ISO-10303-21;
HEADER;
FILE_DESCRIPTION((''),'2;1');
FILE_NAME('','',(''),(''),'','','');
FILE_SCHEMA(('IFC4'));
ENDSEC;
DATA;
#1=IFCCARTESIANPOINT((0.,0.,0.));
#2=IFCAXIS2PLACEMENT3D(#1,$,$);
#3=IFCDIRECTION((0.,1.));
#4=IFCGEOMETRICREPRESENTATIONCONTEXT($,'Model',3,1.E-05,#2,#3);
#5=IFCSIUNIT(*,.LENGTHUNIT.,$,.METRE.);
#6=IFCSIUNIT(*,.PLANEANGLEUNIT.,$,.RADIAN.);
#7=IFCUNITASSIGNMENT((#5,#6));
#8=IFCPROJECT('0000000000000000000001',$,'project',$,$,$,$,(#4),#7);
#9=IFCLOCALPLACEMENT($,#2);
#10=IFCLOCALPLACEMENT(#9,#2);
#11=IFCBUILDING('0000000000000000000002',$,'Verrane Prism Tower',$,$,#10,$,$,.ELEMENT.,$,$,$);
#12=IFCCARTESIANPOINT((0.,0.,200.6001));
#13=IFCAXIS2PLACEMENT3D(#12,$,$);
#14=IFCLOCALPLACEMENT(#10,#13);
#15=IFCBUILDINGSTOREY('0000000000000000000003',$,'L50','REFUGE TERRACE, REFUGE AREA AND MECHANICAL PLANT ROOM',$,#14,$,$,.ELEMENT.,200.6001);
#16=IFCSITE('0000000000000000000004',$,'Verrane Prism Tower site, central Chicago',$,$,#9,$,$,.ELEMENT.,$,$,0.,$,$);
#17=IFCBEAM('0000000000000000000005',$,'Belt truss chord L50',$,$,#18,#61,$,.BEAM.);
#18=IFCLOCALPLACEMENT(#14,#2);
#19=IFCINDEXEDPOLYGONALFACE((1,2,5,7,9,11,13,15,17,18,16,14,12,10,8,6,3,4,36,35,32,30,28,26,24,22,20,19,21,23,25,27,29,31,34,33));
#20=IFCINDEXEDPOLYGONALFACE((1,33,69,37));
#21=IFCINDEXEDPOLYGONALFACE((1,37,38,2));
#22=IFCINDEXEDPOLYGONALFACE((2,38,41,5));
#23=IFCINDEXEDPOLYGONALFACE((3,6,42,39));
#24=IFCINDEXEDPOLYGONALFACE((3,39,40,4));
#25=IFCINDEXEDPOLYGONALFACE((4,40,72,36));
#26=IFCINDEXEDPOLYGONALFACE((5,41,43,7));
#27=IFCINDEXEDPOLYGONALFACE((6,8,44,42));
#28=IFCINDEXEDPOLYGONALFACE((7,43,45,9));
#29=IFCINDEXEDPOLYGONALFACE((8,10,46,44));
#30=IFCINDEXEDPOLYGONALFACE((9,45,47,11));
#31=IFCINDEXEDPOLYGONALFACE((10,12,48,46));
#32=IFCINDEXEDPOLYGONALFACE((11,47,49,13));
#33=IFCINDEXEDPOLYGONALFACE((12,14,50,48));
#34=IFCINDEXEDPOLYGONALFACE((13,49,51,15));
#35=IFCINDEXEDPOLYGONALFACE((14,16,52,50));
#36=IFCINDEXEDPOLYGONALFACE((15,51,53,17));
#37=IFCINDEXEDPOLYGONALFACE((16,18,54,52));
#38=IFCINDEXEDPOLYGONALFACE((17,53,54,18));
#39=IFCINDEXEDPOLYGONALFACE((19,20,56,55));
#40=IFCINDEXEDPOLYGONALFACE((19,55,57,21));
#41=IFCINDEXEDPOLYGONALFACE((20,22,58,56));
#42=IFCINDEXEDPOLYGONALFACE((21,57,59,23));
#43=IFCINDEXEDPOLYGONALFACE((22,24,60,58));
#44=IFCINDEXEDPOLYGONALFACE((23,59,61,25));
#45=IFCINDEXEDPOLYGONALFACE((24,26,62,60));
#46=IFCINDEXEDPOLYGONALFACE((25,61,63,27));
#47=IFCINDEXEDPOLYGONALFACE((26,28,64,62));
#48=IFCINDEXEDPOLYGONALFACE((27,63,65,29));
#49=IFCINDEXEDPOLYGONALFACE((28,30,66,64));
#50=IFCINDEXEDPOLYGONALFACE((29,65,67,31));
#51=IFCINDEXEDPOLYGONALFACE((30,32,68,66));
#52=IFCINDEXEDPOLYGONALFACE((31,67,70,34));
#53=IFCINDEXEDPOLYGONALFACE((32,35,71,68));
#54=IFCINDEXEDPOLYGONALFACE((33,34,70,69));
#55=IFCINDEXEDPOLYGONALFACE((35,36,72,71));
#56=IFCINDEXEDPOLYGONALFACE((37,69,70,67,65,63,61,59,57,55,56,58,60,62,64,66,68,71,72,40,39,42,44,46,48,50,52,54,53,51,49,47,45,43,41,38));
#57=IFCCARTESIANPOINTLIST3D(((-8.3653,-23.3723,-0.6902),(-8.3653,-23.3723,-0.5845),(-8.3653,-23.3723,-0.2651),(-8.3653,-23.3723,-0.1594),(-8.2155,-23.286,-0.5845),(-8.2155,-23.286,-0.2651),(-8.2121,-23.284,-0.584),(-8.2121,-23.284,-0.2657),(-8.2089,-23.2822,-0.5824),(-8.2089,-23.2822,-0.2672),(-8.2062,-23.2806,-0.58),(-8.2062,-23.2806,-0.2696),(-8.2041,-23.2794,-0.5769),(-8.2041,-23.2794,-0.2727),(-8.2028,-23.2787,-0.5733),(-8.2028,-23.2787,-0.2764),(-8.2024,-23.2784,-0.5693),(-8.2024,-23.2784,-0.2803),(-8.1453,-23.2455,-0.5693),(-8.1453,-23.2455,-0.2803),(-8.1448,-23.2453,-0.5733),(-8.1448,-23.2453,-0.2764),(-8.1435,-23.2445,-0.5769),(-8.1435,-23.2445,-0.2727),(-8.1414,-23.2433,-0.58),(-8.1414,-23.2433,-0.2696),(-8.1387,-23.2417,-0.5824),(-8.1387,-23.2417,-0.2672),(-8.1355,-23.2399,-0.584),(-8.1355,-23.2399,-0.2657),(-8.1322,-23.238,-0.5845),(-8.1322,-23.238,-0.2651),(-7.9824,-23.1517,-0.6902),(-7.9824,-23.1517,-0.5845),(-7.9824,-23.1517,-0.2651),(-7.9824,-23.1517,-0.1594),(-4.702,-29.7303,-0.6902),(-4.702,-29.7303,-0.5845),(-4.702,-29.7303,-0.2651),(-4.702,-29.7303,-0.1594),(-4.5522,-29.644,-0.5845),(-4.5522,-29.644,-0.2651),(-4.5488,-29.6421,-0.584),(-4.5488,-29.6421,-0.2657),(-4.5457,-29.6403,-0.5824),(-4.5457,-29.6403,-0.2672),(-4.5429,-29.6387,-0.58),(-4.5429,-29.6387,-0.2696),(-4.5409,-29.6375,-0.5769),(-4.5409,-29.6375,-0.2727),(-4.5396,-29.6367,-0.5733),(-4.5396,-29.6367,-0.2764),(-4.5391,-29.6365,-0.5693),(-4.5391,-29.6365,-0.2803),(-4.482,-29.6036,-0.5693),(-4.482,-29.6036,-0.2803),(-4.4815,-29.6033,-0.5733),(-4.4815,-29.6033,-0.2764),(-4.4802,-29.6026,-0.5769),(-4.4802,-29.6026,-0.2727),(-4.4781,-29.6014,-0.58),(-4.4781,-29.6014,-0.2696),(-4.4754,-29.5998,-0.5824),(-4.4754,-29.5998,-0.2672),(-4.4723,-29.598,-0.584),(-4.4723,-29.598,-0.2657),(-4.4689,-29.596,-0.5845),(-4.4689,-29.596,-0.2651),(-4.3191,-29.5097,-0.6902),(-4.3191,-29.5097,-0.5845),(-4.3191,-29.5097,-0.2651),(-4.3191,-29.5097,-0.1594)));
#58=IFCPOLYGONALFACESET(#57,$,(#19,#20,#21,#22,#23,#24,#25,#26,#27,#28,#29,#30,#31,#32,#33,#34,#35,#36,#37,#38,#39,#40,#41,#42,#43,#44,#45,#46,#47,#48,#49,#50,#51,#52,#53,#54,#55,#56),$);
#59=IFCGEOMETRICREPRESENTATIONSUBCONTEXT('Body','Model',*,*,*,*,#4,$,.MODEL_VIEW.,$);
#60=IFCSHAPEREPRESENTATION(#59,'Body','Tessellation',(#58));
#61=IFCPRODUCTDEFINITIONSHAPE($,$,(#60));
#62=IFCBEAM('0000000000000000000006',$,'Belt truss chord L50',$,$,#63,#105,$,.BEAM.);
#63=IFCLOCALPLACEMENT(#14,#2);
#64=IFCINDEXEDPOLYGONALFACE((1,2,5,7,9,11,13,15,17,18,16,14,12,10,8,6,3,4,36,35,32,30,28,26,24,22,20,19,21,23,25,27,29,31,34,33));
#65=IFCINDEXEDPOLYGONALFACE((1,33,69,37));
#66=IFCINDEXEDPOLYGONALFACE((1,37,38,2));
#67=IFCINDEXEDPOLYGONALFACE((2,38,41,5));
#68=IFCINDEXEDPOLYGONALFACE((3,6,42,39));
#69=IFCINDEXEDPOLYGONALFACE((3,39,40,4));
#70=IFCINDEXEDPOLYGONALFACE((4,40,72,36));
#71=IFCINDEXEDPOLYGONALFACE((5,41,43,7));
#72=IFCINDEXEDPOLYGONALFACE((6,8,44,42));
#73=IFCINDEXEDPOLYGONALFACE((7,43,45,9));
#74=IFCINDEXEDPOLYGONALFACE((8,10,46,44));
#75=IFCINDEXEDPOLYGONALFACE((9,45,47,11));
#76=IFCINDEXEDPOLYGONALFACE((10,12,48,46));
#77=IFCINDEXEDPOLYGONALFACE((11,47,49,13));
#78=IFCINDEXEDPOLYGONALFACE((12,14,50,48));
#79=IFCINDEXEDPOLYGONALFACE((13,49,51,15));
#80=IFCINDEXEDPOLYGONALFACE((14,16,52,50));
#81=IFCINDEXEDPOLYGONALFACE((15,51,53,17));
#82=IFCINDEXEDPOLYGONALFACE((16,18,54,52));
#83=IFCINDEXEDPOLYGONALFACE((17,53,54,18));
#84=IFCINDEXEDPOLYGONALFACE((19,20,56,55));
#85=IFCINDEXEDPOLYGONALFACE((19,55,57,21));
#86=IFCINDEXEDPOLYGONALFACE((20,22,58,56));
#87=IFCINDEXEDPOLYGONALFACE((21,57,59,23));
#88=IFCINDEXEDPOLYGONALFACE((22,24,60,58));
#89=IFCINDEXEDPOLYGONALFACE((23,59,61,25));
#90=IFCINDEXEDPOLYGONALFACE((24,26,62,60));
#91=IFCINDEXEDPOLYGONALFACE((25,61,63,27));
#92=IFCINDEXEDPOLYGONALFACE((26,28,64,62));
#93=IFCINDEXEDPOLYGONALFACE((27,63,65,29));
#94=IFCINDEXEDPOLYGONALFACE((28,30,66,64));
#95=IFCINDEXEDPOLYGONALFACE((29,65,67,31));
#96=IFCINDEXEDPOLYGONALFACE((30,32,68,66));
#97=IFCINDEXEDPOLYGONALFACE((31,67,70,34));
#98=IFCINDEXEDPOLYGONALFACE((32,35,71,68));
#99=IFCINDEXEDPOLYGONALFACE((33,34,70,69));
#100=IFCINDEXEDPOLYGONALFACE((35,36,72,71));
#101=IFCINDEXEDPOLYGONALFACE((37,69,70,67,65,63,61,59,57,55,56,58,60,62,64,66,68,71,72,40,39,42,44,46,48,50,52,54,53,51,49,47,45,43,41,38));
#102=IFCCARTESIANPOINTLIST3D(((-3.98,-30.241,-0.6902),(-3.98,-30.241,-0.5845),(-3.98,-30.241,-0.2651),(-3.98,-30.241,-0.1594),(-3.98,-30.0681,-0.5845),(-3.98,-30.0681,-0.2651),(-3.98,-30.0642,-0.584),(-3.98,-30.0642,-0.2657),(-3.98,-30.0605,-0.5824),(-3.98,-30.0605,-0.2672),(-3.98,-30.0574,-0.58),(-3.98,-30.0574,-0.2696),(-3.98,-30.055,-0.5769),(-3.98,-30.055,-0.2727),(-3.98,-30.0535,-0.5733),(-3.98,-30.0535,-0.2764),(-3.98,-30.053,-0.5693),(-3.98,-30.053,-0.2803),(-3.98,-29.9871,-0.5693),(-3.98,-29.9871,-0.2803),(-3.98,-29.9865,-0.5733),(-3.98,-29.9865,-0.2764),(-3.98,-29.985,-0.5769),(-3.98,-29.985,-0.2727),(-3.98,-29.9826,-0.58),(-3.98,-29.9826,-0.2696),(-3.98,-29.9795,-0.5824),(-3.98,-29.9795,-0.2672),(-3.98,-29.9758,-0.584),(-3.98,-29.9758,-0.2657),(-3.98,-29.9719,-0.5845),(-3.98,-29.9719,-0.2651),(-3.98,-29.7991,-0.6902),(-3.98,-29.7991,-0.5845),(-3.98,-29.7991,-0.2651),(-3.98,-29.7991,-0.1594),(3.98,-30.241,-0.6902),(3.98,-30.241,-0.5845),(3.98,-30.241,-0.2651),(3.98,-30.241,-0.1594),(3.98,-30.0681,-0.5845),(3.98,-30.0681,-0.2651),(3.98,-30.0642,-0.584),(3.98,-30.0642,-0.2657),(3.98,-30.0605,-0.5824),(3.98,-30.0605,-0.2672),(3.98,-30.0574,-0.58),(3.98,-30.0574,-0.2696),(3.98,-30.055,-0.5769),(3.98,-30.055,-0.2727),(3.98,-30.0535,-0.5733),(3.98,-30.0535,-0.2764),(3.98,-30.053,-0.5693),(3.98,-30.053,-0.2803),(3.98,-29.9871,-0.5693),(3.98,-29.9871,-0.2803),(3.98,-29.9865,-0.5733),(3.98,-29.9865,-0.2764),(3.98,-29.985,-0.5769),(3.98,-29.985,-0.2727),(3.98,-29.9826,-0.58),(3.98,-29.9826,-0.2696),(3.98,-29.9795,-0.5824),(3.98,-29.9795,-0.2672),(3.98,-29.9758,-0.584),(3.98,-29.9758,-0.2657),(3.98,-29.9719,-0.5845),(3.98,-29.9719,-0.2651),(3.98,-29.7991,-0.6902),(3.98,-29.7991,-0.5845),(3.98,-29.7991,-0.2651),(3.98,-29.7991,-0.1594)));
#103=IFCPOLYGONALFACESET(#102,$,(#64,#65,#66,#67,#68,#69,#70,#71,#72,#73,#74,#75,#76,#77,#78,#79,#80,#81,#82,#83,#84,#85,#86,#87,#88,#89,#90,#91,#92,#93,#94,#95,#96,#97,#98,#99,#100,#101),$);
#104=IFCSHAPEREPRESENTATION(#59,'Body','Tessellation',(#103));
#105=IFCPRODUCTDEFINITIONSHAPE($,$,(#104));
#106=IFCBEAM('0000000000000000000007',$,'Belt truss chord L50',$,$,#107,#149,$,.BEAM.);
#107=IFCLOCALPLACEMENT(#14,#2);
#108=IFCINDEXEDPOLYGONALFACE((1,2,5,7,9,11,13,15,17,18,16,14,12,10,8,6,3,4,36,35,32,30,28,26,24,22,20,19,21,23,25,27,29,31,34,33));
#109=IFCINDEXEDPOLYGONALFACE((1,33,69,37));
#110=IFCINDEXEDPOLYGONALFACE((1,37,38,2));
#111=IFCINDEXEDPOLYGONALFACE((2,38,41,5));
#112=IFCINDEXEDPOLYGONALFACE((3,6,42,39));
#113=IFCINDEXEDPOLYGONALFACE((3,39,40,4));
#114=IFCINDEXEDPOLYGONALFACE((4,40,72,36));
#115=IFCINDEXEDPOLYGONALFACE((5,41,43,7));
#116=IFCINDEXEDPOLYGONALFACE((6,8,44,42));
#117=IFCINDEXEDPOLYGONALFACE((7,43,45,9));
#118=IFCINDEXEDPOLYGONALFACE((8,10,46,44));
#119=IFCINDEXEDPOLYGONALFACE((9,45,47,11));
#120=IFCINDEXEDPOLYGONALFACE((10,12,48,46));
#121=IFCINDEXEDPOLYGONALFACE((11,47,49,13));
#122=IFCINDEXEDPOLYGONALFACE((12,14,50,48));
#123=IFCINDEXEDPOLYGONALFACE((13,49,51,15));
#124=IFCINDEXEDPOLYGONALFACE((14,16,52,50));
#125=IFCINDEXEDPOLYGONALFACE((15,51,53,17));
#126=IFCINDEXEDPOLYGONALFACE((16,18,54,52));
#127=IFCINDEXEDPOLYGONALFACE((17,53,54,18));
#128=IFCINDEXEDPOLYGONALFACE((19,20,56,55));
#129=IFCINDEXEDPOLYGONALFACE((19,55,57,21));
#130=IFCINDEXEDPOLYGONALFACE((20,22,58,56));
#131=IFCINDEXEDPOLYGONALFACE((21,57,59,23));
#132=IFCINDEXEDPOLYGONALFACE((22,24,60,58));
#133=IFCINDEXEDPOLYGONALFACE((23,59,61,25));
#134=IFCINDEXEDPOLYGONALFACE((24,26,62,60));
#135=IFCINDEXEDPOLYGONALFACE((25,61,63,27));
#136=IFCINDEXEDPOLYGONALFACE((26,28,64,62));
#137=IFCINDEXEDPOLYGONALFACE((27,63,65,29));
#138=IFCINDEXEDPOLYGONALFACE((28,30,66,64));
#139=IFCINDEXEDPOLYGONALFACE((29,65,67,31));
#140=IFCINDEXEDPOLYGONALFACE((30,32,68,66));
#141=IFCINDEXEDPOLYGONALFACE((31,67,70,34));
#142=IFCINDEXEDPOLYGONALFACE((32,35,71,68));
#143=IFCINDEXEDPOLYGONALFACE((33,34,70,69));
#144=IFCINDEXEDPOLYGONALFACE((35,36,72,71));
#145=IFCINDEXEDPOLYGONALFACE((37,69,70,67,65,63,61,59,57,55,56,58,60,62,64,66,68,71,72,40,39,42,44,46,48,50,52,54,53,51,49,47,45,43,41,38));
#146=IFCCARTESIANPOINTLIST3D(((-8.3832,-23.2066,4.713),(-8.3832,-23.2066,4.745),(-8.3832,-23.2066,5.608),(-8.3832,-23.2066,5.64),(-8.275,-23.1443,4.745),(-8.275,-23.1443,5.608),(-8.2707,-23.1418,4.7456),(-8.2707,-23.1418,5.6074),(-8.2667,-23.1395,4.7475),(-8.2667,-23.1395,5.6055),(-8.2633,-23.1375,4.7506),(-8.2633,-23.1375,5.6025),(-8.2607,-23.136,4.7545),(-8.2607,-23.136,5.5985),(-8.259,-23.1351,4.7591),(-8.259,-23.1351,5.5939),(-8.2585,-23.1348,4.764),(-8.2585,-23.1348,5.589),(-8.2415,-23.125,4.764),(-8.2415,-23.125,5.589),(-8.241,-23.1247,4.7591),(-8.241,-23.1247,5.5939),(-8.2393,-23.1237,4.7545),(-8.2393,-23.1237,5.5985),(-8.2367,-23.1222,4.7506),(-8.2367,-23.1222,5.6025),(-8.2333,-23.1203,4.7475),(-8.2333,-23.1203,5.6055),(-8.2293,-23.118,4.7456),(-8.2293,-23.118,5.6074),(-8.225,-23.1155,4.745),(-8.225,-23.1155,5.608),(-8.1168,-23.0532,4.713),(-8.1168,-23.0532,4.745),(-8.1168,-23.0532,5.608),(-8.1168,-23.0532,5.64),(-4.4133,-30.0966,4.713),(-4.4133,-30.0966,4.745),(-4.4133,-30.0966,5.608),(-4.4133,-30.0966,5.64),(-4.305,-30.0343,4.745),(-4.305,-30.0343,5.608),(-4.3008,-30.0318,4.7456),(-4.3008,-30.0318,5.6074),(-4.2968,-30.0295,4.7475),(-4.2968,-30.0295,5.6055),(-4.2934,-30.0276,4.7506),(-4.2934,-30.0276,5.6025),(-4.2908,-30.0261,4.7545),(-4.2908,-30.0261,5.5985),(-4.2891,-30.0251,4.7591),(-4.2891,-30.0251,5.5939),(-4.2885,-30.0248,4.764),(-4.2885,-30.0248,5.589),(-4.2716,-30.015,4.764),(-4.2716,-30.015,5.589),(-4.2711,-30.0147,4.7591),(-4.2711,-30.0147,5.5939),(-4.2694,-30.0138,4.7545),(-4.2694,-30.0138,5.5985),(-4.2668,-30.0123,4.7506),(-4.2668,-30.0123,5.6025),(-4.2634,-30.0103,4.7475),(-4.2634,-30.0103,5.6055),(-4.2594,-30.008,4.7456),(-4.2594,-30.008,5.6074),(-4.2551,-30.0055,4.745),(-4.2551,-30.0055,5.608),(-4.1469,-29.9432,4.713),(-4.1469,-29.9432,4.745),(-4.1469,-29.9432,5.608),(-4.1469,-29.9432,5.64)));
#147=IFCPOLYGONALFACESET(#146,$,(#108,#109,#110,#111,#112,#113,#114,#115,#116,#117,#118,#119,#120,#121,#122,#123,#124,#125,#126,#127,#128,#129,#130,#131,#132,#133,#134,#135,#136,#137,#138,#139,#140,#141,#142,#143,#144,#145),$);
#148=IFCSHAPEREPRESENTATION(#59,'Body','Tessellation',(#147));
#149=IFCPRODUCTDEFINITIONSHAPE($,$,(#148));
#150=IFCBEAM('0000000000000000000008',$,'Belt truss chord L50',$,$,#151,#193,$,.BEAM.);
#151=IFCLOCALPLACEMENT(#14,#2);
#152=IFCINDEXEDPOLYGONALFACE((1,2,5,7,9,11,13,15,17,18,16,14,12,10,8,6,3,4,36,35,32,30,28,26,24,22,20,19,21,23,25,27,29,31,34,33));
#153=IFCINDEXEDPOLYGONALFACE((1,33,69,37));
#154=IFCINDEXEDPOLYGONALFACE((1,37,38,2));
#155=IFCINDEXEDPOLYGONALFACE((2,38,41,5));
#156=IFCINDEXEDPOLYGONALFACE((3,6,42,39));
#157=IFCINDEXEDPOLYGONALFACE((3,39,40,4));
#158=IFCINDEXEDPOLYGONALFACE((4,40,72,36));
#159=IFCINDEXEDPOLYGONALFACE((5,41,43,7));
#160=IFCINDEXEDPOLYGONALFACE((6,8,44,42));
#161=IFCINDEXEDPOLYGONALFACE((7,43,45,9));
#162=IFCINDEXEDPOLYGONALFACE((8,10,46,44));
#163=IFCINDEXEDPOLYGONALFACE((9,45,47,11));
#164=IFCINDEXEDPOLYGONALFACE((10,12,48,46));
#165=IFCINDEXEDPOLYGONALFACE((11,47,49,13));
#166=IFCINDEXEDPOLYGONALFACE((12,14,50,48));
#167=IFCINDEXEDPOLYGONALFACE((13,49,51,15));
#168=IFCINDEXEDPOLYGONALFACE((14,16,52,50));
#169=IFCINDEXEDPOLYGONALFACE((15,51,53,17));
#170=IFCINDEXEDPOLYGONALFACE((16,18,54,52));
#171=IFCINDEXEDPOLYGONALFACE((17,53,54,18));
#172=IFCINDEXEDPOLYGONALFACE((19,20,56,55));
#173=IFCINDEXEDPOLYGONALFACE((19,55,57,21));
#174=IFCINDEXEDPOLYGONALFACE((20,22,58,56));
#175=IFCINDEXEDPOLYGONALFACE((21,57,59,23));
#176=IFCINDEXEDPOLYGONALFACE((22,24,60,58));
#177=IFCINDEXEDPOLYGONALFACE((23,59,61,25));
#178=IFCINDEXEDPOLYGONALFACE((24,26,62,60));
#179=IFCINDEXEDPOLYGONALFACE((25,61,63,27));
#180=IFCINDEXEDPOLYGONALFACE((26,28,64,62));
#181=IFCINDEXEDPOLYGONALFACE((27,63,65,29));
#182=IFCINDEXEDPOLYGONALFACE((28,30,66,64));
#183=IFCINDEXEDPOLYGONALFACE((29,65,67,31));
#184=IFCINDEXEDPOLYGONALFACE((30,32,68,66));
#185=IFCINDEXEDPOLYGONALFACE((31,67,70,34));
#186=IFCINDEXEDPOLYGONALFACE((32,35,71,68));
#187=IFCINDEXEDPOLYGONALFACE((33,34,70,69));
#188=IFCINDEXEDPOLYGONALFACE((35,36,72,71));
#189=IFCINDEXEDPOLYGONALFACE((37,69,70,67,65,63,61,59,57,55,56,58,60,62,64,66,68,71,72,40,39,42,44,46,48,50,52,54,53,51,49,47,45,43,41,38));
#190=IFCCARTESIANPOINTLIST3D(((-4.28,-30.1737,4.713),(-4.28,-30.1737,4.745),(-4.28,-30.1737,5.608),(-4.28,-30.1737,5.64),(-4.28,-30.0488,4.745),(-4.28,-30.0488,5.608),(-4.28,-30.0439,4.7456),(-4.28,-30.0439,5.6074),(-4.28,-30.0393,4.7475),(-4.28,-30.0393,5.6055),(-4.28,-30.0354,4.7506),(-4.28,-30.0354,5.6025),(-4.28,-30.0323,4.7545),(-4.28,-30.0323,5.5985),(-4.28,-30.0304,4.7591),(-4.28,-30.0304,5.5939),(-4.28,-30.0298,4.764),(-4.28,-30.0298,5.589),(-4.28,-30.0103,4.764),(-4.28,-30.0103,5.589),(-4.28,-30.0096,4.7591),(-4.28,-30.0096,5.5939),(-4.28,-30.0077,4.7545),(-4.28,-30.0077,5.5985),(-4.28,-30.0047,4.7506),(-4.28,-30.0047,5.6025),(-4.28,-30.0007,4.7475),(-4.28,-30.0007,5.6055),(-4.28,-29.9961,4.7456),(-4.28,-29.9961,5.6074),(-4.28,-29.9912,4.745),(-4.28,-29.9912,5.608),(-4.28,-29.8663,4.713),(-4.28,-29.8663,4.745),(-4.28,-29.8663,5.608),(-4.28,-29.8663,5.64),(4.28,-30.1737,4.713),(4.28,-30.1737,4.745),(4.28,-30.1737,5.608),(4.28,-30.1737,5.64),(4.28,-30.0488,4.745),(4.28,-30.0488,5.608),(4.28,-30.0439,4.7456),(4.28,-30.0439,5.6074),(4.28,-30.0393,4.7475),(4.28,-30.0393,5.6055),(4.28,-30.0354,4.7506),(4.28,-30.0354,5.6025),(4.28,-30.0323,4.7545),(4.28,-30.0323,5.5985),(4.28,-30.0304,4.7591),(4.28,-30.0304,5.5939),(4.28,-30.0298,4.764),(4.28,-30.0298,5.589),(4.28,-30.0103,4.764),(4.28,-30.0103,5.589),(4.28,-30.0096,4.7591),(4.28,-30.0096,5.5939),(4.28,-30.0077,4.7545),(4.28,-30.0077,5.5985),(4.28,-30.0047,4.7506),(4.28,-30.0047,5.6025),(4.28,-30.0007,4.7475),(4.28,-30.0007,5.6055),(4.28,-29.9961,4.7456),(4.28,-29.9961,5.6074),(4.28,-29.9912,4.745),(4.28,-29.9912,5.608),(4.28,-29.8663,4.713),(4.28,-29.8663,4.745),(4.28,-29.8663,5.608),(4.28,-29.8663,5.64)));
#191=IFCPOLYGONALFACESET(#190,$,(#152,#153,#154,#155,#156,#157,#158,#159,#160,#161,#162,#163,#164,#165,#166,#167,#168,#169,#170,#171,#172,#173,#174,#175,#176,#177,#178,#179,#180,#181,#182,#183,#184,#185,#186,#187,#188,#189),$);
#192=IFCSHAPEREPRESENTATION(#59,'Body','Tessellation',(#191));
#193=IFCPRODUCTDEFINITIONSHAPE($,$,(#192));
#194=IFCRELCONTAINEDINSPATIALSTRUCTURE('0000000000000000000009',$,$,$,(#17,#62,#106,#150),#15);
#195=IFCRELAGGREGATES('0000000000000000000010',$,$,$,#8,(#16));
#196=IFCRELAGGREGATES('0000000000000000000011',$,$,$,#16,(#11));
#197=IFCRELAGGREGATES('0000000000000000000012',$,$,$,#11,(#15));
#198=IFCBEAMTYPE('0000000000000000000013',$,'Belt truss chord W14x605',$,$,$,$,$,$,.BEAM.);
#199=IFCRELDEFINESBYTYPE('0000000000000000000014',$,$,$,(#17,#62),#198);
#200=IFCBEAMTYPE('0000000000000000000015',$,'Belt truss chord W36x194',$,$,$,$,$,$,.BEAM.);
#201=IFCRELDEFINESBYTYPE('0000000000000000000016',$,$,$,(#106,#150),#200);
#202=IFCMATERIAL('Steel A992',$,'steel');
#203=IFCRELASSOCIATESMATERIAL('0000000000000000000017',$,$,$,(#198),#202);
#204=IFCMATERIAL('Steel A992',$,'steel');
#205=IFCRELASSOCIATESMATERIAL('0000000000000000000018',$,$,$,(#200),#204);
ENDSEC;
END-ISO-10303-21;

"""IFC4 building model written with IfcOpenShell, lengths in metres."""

from ifc_helpers import new_model, si_unit, direction, frame, origin, origin_2d, place, context, subcontext, project, spatial, i_section, extrude, material, material_profile, profile_set, type_object, element, save


model = new_model("IFC4")

# Units and contexts
model_context = context("Model", 3, precision=1e-05, world=origin(), true_north=direction((0.0, 1.0)))
body_context = subcontext(model_context, "Body", "Model", "MODEL_VIEW")
ifc_project = project(units=[si_unit("LENGTHUNIT", "METRE"), si_unit("PLANEANGLEUNIT", "RADIAN")], contexts=[model_context])

# Site, building, storey
site_placement = place(None, origin())
site = spatial("IfcSite", under=ifc_project, at=site_placement, Name="Verrane Prism Tower site, central Chicago", CompositionType="ELEMENT", RefElevation=0.0)
building_placement = place(site_placement, origin())
building = spatial("IfcBuilding", under=site, at=building_placement, Name="Verrane Prism Tower", CompositionType="ELEMENT")
storey_placement = place(building_placement, frame((0.0, 0.0, 200.6001)))
storey = spatial("IfcBuildingStorey", under=building, at=storey_placement, Name="L50", Description="REFUGE TERRACE, REFUGE AREA AND MECHANICAL PLANT ROOM", CompositionType="ELEMENT", Elevation=200.6001)

# Beams
ifc_material_1 = material(Name="Steel A992", Category="steel")
ifc_material_profile_1 = material_profile(ifc_material_1, i_section(OverallWidth=0.4419, OverallDepth=0.5308, WebThickness=0.0659, FlangeThickness=0.1057, FilletRadius=0.0151, at=origin_2d()), Name="W14x605")
ifc_profile_set_1 = profile_set([ifc_material_profile_1], Name="Steel A992")
beam_type_1 = type_object("IfcBeamType", Name="Belt truss chord W14x605", PredefinedType="BEAM", material=ifc_profile_set_1)
beam_1_placement = place(storey_placement, frame((-8.1738, -23.262, -0.4248), z_axis=(0.499228, -0.866471, 0.0), x_axis=(0.866471, 0.499228, 0.0)))
element("IfcBeam", 1, at=beam_1_placement, inside=storey, type_object=beam_type_1, Name="Belt truss chord L50", PredefinedType="BEAM", context=body_context, shape_type="SweptSolid", body=[
    extrude(i_section(OverallWidth=0.4419, OverallDepth=0.5308, WebThickness=0.0659, FlangeThickness=0.1057, FilletRadius=0.0151, at=origin_2d()), origin(), (0.0, 0.0, 1.0), 7.3379),
])
beam_2_placement = place(storey_placement, frame((-3.98, -30.02, -0.4248), z_axis=(1.0, 0.0, 0.0), x_axis=(0.0, 1.0, 0.0)))
element("IfcBeam", 2, at=beam_2_placement, inside=storey, type_object=beam_type_1, Name="Belt truss chord L50", PredefinedType="BEAM", context=body_context, shape_type="SweptSolid", body=[
    extrude(i_section(OverallWidth=0.4419, OverallDepth=0.5308, WebThickness=0.0659, FlangeThickness=0.1057, FilletRadius=0.0151, at=origin_2d()), origin(), (0.0, 0.0, 1.0), 7.96),
])
ifc_material_2 = material(Name="Steel A992", Category="steel")
ifc_material_profile_2 = material_profile(ifc_material_2, i_section(OverallWidth=0.3074, OverallDepth=0.927, WebThickness=0.0195, FlangeThickness=0.032, FilletRadius=0.019, at=origin_2d()), Name="W36x194")
ifc_profile_set_2 = profile_set([ifc_material_profile_2], Name="Steel A992")
beam_type_2 = type_object("IfcBeamType", Name="Belt truss chord W36x194", PredefinedType="BEAM", material=ifc_profile_set_2)
beam_3_placement = place(storey_placement, frame((-8.25, -23.1299, 5.1765), z_axis=(0.49924, -0.866464, 0.0), x_axis=(0.866464, 0.49924, 0.0)))
element("IfcBeam", 3, at=beam_3_placement, inside=storey, type_object=beam_type_2, Name="Belt truss chord L50", PredefinedType="BEAM", context=body_context, shape_type="SweptSolid", body=[
    extrude(i_section(OverallWidth=0.3074, OverallDepth=0.927, WebThickness=0.0195, FlangeThickness=0.032, FilletRadius=0.019, at=origin_2d()), origin(), (0.0, 0.0, 1.0), 7.9519),
])
beam_4_placement = place(storey_placement, frame((-4.28, -30.02, 5.1765), z_axis=(1.0, 0.0, 0.0), x_axis=(0.0, 1.0, 0.0)))
element("IfcBeam", 4, at=beam_4_placement, inside=storey, type_object=beam_type_2, Name="Belt truss chord L50", PredefinedType="BEAM", context=body_context, shape_type="SweptSolid", body=[
    extrude(i_section(OverallWidth=0.3074, OverallDepth=0.927, WebThickness=0.0195, FlangeThickness=0.032, FilletRadius=0.019, at=origin_2d()), origin(), (0.0, 0.0, 1.0), 8.5601),
])

save(model, "model.ifc")
